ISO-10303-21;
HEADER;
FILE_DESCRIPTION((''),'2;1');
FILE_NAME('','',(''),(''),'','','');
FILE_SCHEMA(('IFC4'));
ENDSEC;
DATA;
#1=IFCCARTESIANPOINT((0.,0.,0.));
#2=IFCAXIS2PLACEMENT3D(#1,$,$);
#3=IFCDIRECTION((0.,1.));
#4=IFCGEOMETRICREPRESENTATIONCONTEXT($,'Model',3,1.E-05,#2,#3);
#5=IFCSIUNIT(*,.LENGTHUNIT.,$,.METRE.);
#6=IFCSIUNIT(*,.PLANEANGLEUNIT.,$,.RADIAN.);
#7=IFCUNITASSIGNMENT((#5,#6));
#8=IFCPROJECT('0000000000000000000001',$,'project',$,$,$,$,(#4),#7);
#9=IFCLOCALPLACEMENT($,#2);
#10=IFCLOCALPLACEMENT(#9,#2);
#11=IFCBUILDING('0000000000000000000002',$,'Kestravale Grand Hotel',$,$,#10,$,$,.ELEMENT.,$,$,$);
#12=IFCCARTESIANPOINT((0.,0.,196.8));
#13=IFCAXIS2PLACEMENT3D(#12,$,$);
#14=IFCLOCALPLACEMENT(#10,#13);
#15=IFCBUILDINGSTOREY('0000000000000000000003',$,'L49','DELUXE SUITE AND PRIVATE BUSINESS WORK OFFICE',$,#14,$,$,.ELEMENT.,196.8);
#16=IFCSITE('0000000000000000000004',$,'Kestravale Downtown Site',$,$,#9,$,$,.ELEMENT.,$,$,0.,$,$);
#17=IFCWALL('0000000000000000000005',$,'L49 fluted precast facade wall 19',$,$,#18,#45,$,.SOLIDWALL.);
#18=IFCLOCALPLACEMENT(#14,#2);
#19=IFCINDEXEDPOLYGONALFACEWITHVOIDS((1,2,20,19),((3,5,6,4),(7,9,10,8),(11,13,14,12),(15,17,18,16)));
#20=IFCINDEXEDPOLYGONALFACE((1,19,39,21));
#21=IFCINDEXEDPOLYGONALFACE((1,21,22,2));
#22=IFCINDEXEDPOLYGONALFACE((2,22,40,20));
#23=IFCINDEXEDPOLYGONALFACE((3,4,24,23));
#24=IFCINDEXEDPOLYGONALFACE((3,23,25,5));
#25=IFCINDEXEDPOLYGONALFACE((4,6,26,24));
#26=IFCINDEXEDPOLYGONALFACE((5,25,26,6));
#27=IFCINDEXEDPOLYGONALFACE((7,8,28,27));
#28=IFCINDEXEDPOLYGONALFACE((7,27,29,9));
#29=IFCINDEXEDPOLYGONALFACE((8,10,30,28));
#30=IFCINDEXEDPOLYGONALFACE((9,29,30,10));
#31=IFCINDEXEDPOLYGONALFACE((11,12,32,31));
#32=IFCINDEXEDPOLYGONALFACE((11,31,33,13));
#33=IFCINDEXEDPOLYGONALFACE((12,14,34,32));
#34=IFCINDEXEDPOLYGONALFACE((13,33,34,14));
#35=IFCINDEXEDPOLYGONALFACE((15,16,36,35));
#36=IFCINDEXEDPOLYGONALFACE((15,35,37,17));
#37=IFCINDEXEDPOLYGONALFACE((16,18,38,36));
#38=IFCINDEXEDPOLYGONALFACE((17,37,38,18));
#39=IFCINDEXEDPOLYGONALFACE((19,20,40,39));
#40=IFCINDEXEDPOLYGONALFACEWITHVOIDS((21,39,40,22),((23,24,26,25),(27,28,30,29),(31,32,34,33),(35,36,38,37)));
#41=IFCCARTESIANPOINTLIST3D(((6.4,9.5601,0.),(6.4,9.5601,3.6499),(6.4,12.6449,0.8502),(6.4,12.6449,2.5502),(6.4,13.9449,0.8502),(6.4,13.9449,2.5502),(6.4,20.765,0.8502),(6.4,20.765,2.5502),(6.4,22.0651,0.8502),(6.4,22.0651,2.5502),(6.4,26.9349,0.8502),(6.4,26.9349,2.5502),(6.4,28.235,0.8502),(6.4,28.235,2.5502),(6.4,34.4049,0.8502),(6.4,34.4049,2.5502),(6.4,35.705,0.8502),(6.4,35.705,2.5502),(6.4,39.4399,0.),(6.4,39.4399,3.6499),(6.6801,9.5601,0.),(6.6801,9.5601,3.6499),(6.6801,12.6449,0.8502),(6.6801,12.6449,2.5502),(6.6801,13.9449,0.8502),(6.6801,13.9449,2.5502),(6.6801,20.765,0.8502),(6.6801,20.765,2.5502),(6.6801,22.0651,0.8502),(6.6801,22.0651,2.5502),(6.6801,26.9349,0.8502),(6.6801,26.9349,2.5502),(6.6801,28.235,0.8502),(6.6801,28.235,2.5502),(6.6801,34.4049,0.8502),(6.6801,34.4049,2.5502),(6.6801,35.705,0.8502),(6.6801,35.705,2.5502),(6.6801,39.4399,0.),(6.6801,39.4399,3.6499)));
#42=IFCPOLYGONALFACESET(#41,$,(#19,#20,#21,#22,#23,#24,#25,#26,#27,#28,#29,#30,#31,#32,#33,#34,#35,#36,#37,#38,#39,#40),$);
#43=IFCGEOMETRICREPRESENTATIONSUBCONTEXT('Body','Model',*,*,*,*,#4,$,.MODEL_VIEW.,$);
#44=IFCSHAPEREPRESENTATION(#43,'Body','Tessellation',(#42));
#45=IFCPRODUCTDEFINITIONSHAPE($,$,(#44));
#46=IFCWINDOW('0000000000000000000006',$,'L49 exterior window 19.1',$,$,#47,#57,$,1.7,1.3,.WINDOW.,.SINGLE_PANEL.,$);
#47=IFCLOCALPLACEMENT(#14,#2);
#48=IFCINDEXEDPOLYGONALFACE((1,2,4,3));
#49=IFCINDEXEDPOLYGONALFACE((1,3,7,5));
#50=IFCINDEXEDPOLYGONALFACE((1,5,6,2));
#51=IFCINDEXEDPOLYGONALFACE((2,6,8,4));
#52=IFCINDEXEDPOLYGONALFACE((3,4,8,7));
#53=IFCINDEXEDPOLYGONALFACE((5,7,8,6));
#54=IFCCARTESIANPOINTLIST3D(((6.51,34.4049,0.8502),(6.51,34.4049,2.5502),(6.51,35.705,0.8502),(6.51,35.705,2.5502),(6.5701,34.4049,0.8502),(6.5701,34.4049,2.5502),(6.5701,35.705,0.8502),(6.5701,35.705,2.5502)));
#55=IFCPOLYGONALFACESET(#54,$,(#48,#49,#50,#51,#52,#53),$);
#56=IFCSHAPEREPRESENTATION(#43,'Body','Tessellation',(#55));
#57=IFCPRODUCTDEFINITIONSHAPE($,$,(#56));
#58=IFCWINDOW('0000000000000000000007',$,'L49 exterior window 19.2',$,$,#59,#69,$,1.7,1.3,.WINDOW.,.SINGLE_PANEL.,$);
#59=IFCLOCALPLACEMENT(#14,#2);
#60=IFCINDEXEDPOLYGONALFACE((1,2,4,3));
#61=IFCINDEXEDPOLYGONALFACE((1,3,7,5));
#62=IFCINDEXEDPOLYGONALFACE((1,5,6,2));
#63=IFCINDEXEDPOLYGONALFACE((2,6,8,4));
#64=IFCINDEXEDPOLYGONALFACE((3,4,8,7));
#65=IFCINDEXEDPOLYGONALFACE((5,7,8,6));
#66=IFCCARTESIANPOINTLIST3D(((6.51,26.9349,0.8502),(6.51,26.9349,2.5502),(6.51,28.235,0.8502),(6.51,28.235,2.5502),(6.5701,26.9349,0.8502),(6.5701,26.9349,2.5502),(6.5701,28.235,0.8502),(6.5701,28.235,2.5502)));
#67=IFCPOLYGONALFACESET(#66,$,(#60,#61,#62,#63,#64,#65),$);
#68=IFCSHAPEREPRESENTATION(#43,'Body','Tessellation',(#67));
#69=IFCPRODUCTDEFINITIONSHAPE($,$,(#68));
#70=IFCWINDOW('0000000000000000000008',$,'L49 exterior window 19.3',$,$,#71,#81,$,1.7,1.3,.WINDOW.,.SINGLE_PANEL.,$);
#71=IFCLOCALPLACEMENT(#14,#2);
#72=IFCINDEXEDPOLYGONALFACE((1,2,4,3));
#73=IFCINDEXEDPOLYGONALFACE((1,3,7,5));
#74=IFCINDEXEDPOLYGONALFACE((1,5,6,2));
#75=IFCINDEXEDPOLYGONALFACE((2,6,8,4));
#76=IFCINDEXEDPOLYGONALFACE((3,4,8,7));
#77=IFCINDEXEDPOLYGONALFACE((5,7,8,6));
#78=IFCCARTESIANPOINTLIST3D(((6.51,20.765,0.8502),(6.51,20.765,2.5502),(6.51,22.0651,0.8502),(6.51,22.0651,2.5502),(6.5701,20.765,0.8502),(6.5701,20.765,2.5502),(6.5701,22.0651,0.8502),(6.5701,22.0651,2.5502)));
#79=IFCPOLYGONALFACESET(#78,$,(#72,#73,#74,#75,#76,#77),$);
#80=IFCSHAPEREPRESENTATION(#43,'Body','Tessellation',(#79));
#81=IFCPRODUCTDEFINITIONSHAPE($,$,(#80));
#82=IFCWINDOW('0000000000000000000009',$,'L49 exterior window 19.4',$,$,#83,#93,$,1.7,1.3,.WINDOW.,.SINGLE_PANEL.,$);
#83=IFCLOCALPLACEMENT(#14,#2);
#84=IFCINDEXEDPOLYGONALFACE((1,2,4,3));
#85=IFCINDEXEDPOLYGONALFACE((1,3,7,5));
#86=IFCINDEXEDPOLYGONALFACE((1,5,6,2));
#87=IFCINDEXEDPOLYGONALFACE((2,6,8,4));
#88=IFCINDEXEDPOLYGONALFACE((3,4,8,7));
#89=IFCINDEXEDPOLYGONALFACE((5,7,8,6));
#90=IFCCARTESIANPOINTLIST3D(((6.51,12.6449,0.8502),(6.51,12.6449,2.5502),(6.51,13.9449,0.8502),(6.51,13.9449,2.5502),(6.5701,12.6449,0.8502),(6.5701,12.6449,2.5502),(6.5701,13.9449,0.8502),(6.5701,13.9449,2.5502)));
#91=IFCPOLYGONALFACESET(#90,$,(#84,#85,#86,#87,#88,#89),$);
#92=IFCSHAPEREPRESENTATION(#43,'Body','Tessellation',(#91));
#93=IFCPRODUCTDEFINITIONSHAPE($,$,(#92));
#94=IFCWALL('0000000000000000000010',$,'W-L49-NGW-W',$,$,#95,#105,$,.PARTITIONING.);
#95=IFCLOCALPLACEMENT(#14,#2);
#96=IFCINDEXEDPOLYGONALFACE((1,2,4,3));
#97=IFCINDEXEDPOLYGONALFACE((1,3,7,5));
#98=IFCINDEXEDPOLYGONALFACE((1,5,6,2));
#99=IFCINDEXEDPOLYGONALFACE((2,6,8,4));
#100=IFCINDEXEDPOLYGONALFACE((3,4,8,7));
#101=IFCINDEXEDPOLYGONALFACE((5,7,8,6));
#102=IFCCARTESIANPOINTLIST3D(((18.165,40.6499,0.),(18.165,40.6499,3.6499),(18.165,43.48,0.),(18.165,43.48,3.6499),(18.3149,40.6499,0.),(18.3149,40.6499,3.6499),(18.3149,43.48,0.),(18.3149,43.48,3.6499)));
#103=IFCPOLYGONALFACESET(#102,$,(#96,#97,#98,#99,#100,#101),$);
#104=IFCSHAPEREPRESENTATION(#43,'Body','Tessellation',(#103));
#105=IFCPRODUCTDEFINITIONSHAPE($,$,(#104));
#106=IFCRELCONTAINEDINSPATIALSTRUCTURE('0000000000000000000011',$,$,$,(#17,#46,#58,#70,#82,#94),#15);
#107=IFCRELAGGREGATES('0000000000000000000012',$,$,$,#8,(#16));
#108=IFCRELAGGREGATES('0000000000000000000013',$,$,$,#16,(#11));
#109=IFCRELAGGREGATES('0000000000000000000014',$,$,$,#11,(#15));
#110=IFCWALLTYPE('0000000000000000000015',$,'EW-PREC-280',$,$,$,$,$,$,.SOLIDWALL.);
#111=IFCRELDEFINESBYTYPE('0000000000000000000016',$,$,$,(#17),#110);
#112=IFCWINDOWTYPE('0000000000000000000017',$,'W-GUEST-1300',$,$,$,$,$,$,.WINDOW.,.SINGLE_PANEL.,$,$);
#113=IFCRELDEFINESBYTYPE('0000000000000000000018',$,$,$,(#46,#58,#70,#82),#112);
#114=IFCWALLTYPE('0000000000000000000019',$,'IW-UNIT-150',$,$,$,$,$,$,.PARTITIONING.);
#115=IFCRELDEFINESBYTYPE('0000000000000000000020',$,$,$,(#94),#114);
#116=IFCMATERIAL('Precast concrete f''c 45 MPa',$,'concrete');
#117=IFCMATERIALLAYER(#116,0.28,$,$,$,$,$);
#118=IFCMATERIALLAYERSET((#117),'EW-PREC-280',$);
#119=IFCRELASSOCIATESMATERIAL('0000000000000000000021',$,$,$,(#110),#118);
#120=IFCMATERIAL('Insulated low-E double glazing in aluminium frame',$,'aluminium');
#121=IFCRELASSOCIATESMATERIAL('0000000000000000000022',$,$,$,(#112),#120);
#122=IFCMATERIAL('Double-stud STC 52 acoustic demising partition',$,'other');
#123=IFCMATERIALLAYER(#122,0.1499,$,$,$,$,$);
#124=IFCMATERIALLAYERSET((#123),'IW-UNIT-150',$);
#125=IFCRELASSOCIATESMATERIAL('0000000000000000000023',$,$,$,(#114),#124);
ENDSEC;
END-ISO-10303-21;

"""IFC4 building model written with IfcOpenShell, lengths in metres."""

from ifc_helpers import new_model, si_unit, direction, frame, frame_2d, origin, place, context, subcontext, project, spatial, rectangle, extrude, material, layer, layer_set, type_object, element, fill, save


model = new_model("IFC4")

# Units and contexts
model_context = context("Model", 3, precision=1e-05, world=origin(), true_north=direction((0.0, 1.0)))
body_context = subcontext(model_context, "Body", "Model", "MODEL_VIEW")
ifc_project = project(units=[si_unit("LENGTHUNIT", "METRE"), si_unit("PLANEANGLEUNIT", "RADIAN")], contexts=[model_context])

# Site, building, storey
site_placement = place(None, origin())
site = spatial("IfcSite", under=ifc_project, at=site_placement, Name="Kestravale Downtown Site", CompositionType="ELEMENT", RefElevation=0.0)
building_placement = place(site_placement, origin())
building = spatial("IfcBuilding", under=site, at=building_placement, Name="Kestravale Grand Hotel", CompositionType="ELEMENT")
storey_placement = place(building_placement, frame((0.0, 0.0, 196.8)))
storey = spatial("IfcBuildingStorey", under=building, at=storey_placement, Name="L49", Description="DELUXE SUITE AND PRIVATE BUSINESS WORK OFFICE", CompositionType="ELEMENT", Elevation=196.8)

# Wall, openings, windows
ifc_material_1 = material(Name="Precast concrete f'c 45 MPa", Category="concrete")
ifc_layer_1 = layer(ifc_material_1, 0.28)
ifc_layer_set_1 = layer_set([ifc_layer_1], Name="EW-PREC-280")
wall_type_1 = type_object("IfcWallType", Name="EW-PREC-280", PredefinedType="SOLIDWALL", material=ifc_layer_set_1)
wall_1_placement = place(storey_placement, frame((6.54, 39.4399, 0.0), z_axis=(0.0, 0.0, 1.0), x_axis=(0.0, -1.0, 0.0)))
wall_1 = element("IfcWall", 1, at=wall_1_placement, inside=storey, type_object=wall_type_1, Name="L49 fluted precast facade wall 19", PredefinedType="SOLIDWALL", context=body_context, shape_type="SweptSolid", body=[
    extrude(rectangle(XDim=29.8799, YDim=0.28, at=frame_2d((14.9399, 0.0))), origin(), (0.0, 0.0, 1.0), 3.6499),
])
opening_1_placement = place(wall_1_placement, frame((3.7351, 0.0, 0.8501)))
opening_1 = element("IfcOpeningElement", 2, at=opening_1_placement, cuts=wall_1, PredefinedType="OPENING", context=body_context, shape_type="SweptSolid", body=[
    extrude(rectangle(XDim=1.3, YDim=1.7, at=frame_2d((0.6499, 0.8501))), frame((0.0, 0.1499, 0.0), z_axis=(0.0, -1.0, 0.0), x_axis=(1.0, 0.0, 0.0)), (0.0, 0.0, 1.0), 0.3),
])
opening_2_placement = place(wall_1_placement, frame((11.2051, 0.0, 0.8501)))
opening_2 = element("IfcOpeningElement", 3, at=opening_2_placement, cuts=wall_1, PredefinedType="OPENING", context=body_context, shape_type="SweptSolid", body=[
    extrude(rectangle(XDim=1.3, YDim=1.7, at=frame_2d((0.6499, 0.8501))), frame((0.0, 0.1499, 0.0), z_axis=(0.0, -1.0, 0.0), x_axis=(1.0, 0.0, 0.0)), (0.0, 0.0, 1.0), 0.3),
])
opening_3_placement = place(wall_1_placement, frame((17.375, 0.0, 0.8501)))
opening_3 = element("IfcOpeningElement", 4, at=opening_3_placement, cuts=wall_1, PredefinedType="OPENING", context=body_context, shape_type="SweptSolid", body=[
    extrude(rectangle(XDim=1.3, YDim=1.7, at=frame_2d((0.6499, 0.8501))), frame((0.0, 0.1499, 0.0), z_axis=(0.0, -1.0, 0.0), x_axis=(1.0, 0.0, 0.0)), (0.0, 0.0, 1.0), 0.3),
])
opening_4_placement = place(wall_1_placement, frame((25.4951, 0.0, 0.8501)))
opening_4 = element("IfcOpeningElement", 5, at=opening_4_placement, cuts=wall_1, PredefinedType="OPENING", context=body_context, shape_type="SweptSolid", body=[
    extrude(rectangle(XDim=1.3, YDim=1.7, at=frame_2d((0.6499, 0.8501))), frame((0.0, 0.1499, 0.0), z_axis=(0.0, -1.0, 0.0), x_axis=(1.0, 0.0, 0.0)), (0.0, 0.0, 1.0), 0.3),
])
ifc_material_2 = material(Name="Insulated low-E double glazing in aluminium frame", Category="aluminium")
window_type = type_object("IfcWindowType", Name="W-GUEST-1300", PartitioningType="SINGLE_PANEL", PredefinedType="WINDOW", material=ifc_material_2)
window_1_placement = place(opening_1_placement, origin())
window_1 = element("IfcWindow", 6, at=window_1_placement, inside=storey, type_object=window_type, Name="L49 exterior window 19.1", OverallHeight=1.7, OverallWidth=1.3, PartitioningType="SINGLE_PANEL", PredefinedType="WINDOW", context=body_context, shape_type="SweptSolid", body=[
    extrude(rectangle(XDim=1.3, YDim=1.7, at=frame_2d((0.6499, 0.8501))), frame((0.0, 0.03, 0.0), z_axis=(0.0, -1.0, 0.0), x_axis=(1.0, 0.0, 0.0)), (0.0, 0.0, 1.0), 0.0601),
])
fill(opening_1, window_1)
window_2_placement = place(opening_2_placement, origin())
window_2 = element("IfcWindow", 7, at=window_2_placement, inside=storey, type_object=window_type, Name="L49 exterior window 19.2", OverallHeight=1.7, OverallWidth=1.3, PartitioningType="SINGLE_PANEL", PredefinedType="WINDOW", context=body_context, shape_type="SweptSolid", body=[
    extrude(rectangle(XDim=1.3, YDim=1.7, at=frame_2d((0.6499, 0.8501))), frame((0.0, 0.03, 0.0), z_axis=(0.0, -1.0, 0.0), x_axis=(1.0, 0.0, 0.0)), (0.0, 0.0, 1.0), 0.0601),
])
fill(opening_2, window_2)
window_3_placement = place(opening_3_placement, origin())
window_3 = element("IfcWindow", 8, at=window_3_placement, inside=storey, type_object=window_type, Name="L49 exterior window 19.3", OverallHeight=1.7, OverallWidth=1.3, PartitioningType="SINGLE_PANEL", PredefinedType="WINDOW", context=body_context, shape_type="SweptSolid", body=[
    extrude(rectangle(XDim=1.3, YDim=1.7, at=frame_2d((0.6499, 0.8501))), frame((0.0, 0.03, 0.0), z_axis=(0.0, -1.0, 0.0), x_axis=(1.0, 0.0, 0.0)), (0.0, 0.0, 1.0), 0.0601),
])
fill(opening_3, window_3)
window_4_placement = place(opening_4_placement, origin())
window_4 = element("IfcWindow", 9, at=window_4_placement, inside=storey, type_object=window_type, Name="L49 exterior window 19.4", OverallHeight=1.7, OverallWidth=1.3, PartitioningType="SINGLE_PANEL", PredefinedType="WINDOW", context=body_context, shape_type="SweptSolid", body=[
    extrude(rectangle(XDim=1.3, YDim=1.7, at=frame_2d((0.6499, 0.8501))), frame((0.0, 0.03, 0.0), z_axis=(0.0, -1.0, 0.0), x_axis=(1.0, 0.0, 0.0)), (0.0, 0.0, 1.0), 0.0601),
])
fill(opening_4, window_4)

# Shared definitions
ifc_material_3 = material(Name="Double-stud STC 52 acoustic demising partition", Category="other")
ifc_layer_2 = layer(ifc_material_3, 0.1499)
ifc_layer_set_2 = layer_set([ifc_layer_2], Name="IW-UNIT-150")
wall_type_2 = type_object("IfcWallType", Name="IW-UNIT-150", PredefinedType="PARTITIONING", material=ifc_layer_set_2)

# Wall
wall_2_placement = place(storey_placement, frame((18.24, 40.6499, 0.0), z_axis=(0.0, 0.0, 1.0), x_axis=(0.0, 1.0, 0.0)))
element("IfcWall", 10, at=wall_2_placement, inside=storey, type_object=wall_type_2, Name="W-L49-NGW-W", PredefinedType="PARTITIONING", context=body_context, shape_type="SweptSolid", body=[
    extrude(rectangle(XDim=2.8301, YDim=0.1499, at=frame_2d((1.415, 0.0))), origin(), (0.0, 0.0, 1.0), 3.6499),
])

save(model, "model.ifc")
